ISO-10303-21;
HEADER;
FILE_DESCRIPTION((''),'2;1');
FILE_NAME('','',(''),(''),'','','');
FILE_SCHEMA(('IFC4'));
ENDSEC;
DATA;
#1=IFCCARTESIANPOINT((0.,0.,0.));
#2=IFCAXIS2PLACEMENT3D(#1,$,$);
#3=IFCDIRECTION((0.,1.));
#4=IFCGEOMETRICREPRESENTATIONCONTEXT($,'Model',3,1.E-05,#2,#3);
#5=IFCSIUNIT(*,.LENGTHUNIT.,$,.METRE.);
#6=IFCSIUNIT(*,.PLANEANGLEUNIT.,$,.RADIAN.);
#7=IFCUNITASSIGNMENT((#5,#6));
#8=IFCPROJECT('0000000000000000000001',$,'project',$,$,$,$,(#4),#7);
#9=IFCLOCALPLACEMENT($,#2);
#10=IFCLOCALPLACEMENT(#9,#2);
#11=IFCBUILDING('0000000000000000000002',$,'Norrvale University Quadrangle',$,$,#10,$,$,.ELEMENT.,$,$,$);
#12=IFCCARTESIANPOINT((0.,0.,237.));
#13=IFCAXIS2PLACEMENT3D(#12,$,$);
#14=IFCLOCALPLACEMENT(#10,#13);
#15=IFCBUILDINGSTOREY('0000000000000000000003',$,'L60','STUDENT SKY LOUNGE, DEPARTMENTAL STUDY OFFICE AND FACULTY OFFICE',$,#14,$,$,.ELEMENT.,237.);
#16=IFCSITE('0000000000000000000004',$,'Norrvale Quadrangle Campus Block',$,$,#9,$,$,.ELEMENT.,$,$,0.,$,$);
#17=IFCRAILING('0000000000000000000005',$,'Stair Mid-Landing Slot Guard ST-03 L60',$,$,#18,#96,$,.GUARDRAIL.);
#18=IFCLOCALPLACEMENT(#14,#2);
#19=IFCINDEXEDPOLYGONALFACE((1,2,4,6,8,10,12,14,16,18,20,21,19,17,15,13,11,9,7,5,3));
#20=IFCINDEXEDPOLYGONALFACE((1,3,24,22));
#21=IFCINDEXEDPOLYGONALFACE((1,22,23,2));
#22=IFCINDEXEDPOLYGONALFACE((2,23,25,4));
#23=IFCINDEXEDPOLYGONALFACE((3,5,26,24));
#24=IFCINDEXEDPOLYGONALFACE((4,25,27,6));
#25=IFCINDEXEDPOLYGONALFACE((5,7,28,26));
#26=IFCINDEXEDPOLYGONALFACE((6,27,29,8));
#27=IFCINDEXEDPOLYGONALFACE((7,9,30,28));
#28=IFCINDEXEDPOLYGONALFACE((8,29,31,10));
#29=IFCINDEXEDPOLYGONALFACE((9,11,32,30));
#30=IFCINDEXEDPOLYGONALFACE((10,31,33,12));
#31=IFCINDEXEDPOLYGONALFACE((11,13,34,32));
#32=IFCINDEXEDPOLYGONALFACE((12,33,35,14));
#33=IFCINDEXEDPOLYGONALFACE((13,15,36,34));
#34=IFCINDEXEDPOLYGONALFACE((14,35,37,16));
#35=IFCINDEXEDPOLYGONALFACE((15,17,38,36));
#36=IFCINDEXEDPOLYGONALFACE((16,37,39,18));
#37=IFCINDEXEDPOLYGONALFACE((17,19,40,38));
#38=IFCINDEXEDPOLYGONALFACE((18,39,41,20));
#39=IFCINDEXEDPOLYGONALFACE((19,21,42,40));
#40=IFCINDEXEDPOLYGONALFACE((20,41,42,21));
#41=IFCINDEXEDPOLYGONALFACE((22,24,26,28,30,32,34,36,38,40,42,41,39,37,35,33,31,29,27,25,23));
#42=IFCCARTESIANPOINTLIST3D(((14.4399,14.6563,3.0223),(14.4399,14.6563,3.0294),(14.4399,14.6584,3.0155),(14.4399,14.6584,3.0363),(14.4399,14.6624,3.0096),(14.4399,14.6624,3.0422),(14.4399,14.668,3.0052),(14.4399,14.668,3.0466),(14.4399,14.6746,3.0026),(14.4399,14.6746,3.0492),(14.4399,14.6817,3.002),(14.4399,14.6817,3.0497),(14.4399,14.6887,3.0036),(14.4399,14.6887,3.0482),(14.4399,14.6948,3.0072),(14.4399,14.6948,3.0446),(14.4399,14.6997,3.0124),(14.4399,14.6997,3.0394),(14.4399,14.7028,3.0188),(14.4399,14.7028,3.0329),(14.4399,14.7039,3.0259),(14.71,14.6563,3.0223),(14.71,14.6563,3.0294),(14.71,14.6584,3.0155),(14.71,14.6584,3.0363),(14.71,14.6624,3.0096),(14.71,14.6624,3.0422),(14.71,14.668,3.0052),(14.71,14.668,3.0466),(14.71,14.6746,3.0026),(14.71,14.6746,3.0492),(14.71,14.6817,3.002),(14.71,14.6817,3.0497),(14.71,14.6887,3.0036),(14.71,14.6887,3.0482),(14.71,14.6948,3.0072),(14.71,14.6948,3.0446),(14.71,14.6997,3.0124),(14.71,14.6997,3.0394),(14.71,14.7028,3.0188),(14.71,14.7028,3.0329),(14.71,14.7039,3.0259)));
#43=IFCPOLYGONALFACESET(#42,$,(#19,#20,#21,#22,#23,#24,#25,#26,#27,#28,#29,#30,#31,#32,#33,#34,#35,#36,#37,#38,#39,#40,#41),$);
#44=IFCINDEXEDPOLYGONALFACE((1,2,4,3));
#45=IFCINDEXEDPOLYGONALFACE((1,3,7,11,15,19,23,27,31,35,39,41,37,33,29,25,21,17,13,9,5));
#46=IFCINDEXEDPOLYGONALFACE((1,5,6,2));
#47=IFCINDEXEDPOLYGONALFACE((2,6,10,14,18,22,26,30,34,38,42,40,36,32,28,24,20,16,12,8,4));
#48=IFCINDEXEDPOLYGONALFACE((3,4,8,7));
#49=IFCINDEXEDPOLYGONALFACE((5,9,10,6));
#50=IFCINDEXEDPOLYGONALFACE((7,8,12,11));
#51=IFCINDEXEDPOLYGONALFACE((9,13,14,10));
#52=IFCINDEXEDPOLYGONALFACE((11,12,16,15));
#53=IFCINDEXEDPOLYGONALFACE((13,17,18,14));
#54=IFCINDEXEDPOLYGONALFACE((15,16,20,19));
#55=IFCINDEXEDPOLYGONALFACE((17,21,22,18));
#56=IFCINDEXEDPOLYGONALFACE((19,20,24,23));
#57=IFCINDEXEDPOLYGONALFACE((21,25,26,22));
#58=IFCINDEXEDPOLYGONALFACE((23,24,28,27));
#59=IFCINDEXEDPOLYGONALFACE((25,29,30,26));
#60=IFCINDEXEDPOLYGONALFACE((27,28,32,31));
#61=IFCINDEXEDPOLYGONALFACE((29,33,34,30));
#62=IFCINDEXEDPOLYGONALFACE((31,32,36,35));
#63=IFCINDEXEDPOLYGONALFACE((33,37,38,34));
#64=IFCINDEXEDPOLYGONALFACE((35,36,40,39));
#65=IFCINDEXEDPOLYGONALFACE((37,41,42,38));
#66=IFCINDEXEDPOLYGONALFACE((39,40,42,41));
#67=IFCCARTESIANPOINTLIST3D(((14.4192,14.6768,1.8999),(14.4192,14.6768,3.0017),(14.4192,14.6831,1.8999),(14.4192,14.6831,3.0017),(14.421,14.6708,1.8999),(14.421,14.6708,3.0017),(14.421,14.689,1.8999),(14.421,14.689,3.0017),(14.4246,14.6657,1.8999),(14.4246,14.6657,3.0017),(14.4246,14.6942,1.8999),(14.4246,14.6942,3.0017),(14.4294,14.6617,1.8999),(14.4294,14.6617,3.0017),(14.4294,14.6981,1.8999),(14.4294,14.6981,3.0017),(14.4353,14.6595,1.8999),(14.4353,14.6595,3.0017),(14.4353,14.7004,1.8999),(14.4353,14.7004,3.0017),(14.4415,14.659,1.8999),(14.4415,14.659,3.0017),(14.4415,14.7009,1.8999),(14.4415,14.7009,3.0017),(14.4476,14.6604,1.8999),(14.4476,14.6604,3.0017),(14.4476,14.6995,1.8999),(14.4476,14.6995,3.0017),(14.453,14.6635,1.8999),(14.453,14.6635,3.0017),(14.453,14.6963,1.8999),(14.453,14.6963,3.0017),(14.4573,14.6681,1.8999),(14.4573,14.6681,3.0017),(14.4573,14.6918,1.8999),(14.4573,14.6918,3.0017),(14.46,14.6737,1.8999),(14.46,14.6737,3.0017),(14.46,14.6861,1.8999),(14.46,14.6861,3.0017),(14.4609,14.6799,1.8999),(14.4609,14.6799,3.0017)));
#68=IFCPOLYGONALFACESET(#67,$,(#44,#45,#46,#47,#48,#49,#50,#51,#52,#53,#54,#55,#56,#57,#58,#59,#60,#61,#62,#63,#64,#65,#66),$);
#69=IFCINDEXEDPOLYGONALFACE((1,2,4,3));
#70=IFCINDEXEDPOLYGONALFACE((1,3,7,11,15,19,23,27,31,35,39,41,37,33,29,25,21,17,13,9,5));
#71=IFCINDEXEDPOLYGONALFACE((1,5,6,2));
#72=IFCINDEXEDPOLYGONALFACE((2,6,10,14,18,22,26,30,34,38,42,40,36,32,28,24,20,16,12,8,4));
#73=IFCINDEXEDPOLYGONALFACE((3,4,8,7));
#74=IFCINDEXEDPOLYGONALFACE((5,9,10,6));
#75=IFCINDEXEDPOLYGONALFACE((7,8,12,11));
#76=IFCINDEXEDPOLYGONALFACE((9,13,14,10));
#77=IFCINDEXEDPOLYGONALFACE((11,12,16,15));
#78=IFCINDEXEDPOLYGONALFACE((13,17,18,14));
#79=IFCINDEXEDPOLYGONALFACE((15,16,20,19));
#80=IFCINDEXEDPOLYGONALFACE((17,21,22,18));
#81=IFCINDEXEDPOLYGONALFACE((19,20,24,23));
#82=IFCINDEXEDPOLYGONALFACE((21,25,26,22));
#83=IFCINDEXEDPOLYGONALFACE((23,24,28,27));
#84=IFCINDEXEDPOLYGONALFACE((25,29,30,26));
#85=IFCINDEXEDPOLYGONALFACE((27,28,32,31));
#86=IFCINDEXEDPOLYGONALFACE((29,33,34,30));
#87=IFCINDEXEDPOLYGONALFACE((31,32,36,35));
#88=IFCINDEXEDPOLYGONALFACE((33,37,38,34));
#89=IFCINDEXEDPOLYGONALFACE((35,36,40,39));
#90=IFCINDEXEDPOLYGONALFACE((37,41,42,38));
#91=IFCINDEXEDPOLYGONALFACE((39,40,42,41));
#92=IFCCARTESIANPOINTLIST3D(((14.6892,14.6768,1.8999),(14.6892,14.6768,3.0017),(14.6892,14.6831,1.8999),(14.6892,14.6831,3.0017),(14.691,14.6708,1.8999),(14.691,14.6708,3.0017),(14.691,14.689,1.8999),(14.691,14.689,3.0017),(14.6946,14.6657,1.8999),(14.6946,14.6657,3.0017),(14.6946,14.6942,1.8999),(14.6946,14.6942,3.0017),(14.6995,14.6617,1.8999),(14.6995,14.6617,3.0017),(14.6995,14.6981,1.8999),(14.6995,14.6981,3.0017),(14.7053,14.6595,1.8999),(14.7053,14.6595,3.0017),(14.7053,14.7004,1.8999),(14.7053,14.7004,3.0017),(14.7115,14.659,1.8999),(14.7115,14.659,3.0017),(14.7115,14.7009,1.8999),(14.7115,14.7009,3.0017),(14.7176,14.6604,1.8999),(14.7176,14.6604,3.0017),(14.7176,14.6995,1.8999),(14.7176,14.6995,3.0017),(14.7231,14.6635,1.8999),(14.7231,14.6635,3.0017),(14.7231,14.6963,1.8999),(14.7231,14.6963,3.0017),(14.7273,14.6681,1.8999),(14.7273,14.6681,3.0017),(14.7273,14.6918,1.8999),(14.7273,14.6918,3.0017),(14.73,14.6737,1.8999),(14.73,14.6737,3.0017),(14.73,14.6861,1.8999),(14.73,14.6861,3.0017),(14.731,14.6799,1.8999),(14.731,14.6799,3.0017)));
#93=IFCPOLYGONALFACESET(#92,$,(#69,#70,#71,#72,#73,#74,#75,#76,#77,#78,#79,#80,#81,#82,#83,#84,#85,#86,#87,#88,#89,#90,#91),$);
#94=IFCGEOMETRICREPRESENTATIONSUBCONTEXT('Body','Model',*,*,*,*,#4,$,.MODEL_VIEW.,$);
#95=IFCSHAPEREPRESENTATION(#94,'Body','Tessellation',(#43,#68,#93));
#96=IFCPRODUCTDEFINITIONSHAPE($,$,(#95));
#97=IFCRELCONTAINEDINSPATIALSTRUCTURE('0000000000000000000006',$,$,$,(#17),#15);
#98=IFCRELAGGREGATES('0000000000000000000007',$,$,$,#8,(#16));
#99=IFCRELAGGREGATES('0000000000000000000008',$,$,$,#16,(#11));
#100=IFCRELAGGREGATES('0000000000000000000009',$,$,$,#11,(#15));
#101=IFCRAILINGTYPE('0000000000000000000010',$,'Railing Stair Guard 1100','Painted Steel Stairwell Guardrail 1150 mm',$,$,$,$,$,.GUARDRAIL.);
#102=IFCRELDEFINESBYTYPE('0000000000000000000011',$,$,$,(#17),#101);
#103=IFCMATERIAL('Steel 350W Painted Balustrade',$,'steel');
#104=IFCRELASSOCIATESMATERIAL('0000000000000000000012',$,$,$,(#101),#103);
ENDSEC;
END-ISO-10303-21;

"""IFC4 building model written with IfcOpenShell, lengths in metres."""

from ifc_helpers import new_model, si_unit, direction, frame, origin, origin_2d, place, context, subcontext, project, spatial, circle, extrude, material, type_object, element, save


model = new_model("IFC4")

# Units and contexts
model_context = context("Model", 3, precision=1e-05, world=origin(), true_north=direction((0.0, 1.0)))
body_context = subcontext(model_context, "Body", "Model", "MODEL_VIEW")
ifc_project = project(units=[si_unit("LENGTHUNIT", "METRE"), si_unit("PLANEANGLEUNIT", "RADIAN")], contexts=[model_context])

# Site, building, storey
site_placement = place(None, origin())
site = spatial("IfcSite", under=ifc_project, at=site_placement, Name="Norrvale Quadrangle Campus Block", CompositionType="ELEMENT", RefElevation=0.0)
building_placement = place(site_placement, origin())
building = spatial("IfcBuilding", under=site, at=building_placement, Name="Norrvale University Quadrangle", CompositionType="ELEMENT")
storey_placement = place(building_placement, frame((0.0, 0.0, 237.0)))
storey = spatial("IfcBuildingStorey", under=building, at=storey_placement, Name="L60", Description="STUDENT SKY LOUNGE, DEPARTMENTAL STUDY OFFICE AND FACULTY OFFICE", CompositionType="ELEMENT", Elevation=237.0)

# Railing
ifc_material_1 = material(Name="Steel 350W Painted Balustrade", Category="steel")
railing_type_1 = type_object("IfcRailingType", Name="Railing Stair Guard 1100", Description="Painted Steel Stairwell Guardrail 1150 mm", PredefinedType="GUARDRAIL", material=ifc_material_1)
for number, where, name in (
    (1, (14.4399, 14.6799, 1.8999), "Stair Mid-Landing Slot Guard ST-03 L60"),
):
    element("IfcRailing", number, at=place(storey_placement, frame(where)), inside=storey, type_object=railing_type_1, Name=name, PredefinedType="GUARDRAIL", context=body_context, shape_type="SweptSolid", body=[
        extrude(circle(Radius=0.0239, at=origin_2d()), frame((0.0, 0.0, 1.126), z_axis=(1.0, 0.0, 0.0), x_axis=(0.0, 1.0, 0.0)), (0.0, 0.0, 1.0), 0.27),
        extrude(circle(Radius=0.021, at=origin_2d()), origin(), (0.0, 0.0, 1.0), 1.1018),
        extrude(circle(Radius=0.021, at=origin_2d()), frame((0.27, 0.0, 0.0)), (0.0, 0.0, 1.0), 1.1018),
    ])

save(model, "model.ifc")
